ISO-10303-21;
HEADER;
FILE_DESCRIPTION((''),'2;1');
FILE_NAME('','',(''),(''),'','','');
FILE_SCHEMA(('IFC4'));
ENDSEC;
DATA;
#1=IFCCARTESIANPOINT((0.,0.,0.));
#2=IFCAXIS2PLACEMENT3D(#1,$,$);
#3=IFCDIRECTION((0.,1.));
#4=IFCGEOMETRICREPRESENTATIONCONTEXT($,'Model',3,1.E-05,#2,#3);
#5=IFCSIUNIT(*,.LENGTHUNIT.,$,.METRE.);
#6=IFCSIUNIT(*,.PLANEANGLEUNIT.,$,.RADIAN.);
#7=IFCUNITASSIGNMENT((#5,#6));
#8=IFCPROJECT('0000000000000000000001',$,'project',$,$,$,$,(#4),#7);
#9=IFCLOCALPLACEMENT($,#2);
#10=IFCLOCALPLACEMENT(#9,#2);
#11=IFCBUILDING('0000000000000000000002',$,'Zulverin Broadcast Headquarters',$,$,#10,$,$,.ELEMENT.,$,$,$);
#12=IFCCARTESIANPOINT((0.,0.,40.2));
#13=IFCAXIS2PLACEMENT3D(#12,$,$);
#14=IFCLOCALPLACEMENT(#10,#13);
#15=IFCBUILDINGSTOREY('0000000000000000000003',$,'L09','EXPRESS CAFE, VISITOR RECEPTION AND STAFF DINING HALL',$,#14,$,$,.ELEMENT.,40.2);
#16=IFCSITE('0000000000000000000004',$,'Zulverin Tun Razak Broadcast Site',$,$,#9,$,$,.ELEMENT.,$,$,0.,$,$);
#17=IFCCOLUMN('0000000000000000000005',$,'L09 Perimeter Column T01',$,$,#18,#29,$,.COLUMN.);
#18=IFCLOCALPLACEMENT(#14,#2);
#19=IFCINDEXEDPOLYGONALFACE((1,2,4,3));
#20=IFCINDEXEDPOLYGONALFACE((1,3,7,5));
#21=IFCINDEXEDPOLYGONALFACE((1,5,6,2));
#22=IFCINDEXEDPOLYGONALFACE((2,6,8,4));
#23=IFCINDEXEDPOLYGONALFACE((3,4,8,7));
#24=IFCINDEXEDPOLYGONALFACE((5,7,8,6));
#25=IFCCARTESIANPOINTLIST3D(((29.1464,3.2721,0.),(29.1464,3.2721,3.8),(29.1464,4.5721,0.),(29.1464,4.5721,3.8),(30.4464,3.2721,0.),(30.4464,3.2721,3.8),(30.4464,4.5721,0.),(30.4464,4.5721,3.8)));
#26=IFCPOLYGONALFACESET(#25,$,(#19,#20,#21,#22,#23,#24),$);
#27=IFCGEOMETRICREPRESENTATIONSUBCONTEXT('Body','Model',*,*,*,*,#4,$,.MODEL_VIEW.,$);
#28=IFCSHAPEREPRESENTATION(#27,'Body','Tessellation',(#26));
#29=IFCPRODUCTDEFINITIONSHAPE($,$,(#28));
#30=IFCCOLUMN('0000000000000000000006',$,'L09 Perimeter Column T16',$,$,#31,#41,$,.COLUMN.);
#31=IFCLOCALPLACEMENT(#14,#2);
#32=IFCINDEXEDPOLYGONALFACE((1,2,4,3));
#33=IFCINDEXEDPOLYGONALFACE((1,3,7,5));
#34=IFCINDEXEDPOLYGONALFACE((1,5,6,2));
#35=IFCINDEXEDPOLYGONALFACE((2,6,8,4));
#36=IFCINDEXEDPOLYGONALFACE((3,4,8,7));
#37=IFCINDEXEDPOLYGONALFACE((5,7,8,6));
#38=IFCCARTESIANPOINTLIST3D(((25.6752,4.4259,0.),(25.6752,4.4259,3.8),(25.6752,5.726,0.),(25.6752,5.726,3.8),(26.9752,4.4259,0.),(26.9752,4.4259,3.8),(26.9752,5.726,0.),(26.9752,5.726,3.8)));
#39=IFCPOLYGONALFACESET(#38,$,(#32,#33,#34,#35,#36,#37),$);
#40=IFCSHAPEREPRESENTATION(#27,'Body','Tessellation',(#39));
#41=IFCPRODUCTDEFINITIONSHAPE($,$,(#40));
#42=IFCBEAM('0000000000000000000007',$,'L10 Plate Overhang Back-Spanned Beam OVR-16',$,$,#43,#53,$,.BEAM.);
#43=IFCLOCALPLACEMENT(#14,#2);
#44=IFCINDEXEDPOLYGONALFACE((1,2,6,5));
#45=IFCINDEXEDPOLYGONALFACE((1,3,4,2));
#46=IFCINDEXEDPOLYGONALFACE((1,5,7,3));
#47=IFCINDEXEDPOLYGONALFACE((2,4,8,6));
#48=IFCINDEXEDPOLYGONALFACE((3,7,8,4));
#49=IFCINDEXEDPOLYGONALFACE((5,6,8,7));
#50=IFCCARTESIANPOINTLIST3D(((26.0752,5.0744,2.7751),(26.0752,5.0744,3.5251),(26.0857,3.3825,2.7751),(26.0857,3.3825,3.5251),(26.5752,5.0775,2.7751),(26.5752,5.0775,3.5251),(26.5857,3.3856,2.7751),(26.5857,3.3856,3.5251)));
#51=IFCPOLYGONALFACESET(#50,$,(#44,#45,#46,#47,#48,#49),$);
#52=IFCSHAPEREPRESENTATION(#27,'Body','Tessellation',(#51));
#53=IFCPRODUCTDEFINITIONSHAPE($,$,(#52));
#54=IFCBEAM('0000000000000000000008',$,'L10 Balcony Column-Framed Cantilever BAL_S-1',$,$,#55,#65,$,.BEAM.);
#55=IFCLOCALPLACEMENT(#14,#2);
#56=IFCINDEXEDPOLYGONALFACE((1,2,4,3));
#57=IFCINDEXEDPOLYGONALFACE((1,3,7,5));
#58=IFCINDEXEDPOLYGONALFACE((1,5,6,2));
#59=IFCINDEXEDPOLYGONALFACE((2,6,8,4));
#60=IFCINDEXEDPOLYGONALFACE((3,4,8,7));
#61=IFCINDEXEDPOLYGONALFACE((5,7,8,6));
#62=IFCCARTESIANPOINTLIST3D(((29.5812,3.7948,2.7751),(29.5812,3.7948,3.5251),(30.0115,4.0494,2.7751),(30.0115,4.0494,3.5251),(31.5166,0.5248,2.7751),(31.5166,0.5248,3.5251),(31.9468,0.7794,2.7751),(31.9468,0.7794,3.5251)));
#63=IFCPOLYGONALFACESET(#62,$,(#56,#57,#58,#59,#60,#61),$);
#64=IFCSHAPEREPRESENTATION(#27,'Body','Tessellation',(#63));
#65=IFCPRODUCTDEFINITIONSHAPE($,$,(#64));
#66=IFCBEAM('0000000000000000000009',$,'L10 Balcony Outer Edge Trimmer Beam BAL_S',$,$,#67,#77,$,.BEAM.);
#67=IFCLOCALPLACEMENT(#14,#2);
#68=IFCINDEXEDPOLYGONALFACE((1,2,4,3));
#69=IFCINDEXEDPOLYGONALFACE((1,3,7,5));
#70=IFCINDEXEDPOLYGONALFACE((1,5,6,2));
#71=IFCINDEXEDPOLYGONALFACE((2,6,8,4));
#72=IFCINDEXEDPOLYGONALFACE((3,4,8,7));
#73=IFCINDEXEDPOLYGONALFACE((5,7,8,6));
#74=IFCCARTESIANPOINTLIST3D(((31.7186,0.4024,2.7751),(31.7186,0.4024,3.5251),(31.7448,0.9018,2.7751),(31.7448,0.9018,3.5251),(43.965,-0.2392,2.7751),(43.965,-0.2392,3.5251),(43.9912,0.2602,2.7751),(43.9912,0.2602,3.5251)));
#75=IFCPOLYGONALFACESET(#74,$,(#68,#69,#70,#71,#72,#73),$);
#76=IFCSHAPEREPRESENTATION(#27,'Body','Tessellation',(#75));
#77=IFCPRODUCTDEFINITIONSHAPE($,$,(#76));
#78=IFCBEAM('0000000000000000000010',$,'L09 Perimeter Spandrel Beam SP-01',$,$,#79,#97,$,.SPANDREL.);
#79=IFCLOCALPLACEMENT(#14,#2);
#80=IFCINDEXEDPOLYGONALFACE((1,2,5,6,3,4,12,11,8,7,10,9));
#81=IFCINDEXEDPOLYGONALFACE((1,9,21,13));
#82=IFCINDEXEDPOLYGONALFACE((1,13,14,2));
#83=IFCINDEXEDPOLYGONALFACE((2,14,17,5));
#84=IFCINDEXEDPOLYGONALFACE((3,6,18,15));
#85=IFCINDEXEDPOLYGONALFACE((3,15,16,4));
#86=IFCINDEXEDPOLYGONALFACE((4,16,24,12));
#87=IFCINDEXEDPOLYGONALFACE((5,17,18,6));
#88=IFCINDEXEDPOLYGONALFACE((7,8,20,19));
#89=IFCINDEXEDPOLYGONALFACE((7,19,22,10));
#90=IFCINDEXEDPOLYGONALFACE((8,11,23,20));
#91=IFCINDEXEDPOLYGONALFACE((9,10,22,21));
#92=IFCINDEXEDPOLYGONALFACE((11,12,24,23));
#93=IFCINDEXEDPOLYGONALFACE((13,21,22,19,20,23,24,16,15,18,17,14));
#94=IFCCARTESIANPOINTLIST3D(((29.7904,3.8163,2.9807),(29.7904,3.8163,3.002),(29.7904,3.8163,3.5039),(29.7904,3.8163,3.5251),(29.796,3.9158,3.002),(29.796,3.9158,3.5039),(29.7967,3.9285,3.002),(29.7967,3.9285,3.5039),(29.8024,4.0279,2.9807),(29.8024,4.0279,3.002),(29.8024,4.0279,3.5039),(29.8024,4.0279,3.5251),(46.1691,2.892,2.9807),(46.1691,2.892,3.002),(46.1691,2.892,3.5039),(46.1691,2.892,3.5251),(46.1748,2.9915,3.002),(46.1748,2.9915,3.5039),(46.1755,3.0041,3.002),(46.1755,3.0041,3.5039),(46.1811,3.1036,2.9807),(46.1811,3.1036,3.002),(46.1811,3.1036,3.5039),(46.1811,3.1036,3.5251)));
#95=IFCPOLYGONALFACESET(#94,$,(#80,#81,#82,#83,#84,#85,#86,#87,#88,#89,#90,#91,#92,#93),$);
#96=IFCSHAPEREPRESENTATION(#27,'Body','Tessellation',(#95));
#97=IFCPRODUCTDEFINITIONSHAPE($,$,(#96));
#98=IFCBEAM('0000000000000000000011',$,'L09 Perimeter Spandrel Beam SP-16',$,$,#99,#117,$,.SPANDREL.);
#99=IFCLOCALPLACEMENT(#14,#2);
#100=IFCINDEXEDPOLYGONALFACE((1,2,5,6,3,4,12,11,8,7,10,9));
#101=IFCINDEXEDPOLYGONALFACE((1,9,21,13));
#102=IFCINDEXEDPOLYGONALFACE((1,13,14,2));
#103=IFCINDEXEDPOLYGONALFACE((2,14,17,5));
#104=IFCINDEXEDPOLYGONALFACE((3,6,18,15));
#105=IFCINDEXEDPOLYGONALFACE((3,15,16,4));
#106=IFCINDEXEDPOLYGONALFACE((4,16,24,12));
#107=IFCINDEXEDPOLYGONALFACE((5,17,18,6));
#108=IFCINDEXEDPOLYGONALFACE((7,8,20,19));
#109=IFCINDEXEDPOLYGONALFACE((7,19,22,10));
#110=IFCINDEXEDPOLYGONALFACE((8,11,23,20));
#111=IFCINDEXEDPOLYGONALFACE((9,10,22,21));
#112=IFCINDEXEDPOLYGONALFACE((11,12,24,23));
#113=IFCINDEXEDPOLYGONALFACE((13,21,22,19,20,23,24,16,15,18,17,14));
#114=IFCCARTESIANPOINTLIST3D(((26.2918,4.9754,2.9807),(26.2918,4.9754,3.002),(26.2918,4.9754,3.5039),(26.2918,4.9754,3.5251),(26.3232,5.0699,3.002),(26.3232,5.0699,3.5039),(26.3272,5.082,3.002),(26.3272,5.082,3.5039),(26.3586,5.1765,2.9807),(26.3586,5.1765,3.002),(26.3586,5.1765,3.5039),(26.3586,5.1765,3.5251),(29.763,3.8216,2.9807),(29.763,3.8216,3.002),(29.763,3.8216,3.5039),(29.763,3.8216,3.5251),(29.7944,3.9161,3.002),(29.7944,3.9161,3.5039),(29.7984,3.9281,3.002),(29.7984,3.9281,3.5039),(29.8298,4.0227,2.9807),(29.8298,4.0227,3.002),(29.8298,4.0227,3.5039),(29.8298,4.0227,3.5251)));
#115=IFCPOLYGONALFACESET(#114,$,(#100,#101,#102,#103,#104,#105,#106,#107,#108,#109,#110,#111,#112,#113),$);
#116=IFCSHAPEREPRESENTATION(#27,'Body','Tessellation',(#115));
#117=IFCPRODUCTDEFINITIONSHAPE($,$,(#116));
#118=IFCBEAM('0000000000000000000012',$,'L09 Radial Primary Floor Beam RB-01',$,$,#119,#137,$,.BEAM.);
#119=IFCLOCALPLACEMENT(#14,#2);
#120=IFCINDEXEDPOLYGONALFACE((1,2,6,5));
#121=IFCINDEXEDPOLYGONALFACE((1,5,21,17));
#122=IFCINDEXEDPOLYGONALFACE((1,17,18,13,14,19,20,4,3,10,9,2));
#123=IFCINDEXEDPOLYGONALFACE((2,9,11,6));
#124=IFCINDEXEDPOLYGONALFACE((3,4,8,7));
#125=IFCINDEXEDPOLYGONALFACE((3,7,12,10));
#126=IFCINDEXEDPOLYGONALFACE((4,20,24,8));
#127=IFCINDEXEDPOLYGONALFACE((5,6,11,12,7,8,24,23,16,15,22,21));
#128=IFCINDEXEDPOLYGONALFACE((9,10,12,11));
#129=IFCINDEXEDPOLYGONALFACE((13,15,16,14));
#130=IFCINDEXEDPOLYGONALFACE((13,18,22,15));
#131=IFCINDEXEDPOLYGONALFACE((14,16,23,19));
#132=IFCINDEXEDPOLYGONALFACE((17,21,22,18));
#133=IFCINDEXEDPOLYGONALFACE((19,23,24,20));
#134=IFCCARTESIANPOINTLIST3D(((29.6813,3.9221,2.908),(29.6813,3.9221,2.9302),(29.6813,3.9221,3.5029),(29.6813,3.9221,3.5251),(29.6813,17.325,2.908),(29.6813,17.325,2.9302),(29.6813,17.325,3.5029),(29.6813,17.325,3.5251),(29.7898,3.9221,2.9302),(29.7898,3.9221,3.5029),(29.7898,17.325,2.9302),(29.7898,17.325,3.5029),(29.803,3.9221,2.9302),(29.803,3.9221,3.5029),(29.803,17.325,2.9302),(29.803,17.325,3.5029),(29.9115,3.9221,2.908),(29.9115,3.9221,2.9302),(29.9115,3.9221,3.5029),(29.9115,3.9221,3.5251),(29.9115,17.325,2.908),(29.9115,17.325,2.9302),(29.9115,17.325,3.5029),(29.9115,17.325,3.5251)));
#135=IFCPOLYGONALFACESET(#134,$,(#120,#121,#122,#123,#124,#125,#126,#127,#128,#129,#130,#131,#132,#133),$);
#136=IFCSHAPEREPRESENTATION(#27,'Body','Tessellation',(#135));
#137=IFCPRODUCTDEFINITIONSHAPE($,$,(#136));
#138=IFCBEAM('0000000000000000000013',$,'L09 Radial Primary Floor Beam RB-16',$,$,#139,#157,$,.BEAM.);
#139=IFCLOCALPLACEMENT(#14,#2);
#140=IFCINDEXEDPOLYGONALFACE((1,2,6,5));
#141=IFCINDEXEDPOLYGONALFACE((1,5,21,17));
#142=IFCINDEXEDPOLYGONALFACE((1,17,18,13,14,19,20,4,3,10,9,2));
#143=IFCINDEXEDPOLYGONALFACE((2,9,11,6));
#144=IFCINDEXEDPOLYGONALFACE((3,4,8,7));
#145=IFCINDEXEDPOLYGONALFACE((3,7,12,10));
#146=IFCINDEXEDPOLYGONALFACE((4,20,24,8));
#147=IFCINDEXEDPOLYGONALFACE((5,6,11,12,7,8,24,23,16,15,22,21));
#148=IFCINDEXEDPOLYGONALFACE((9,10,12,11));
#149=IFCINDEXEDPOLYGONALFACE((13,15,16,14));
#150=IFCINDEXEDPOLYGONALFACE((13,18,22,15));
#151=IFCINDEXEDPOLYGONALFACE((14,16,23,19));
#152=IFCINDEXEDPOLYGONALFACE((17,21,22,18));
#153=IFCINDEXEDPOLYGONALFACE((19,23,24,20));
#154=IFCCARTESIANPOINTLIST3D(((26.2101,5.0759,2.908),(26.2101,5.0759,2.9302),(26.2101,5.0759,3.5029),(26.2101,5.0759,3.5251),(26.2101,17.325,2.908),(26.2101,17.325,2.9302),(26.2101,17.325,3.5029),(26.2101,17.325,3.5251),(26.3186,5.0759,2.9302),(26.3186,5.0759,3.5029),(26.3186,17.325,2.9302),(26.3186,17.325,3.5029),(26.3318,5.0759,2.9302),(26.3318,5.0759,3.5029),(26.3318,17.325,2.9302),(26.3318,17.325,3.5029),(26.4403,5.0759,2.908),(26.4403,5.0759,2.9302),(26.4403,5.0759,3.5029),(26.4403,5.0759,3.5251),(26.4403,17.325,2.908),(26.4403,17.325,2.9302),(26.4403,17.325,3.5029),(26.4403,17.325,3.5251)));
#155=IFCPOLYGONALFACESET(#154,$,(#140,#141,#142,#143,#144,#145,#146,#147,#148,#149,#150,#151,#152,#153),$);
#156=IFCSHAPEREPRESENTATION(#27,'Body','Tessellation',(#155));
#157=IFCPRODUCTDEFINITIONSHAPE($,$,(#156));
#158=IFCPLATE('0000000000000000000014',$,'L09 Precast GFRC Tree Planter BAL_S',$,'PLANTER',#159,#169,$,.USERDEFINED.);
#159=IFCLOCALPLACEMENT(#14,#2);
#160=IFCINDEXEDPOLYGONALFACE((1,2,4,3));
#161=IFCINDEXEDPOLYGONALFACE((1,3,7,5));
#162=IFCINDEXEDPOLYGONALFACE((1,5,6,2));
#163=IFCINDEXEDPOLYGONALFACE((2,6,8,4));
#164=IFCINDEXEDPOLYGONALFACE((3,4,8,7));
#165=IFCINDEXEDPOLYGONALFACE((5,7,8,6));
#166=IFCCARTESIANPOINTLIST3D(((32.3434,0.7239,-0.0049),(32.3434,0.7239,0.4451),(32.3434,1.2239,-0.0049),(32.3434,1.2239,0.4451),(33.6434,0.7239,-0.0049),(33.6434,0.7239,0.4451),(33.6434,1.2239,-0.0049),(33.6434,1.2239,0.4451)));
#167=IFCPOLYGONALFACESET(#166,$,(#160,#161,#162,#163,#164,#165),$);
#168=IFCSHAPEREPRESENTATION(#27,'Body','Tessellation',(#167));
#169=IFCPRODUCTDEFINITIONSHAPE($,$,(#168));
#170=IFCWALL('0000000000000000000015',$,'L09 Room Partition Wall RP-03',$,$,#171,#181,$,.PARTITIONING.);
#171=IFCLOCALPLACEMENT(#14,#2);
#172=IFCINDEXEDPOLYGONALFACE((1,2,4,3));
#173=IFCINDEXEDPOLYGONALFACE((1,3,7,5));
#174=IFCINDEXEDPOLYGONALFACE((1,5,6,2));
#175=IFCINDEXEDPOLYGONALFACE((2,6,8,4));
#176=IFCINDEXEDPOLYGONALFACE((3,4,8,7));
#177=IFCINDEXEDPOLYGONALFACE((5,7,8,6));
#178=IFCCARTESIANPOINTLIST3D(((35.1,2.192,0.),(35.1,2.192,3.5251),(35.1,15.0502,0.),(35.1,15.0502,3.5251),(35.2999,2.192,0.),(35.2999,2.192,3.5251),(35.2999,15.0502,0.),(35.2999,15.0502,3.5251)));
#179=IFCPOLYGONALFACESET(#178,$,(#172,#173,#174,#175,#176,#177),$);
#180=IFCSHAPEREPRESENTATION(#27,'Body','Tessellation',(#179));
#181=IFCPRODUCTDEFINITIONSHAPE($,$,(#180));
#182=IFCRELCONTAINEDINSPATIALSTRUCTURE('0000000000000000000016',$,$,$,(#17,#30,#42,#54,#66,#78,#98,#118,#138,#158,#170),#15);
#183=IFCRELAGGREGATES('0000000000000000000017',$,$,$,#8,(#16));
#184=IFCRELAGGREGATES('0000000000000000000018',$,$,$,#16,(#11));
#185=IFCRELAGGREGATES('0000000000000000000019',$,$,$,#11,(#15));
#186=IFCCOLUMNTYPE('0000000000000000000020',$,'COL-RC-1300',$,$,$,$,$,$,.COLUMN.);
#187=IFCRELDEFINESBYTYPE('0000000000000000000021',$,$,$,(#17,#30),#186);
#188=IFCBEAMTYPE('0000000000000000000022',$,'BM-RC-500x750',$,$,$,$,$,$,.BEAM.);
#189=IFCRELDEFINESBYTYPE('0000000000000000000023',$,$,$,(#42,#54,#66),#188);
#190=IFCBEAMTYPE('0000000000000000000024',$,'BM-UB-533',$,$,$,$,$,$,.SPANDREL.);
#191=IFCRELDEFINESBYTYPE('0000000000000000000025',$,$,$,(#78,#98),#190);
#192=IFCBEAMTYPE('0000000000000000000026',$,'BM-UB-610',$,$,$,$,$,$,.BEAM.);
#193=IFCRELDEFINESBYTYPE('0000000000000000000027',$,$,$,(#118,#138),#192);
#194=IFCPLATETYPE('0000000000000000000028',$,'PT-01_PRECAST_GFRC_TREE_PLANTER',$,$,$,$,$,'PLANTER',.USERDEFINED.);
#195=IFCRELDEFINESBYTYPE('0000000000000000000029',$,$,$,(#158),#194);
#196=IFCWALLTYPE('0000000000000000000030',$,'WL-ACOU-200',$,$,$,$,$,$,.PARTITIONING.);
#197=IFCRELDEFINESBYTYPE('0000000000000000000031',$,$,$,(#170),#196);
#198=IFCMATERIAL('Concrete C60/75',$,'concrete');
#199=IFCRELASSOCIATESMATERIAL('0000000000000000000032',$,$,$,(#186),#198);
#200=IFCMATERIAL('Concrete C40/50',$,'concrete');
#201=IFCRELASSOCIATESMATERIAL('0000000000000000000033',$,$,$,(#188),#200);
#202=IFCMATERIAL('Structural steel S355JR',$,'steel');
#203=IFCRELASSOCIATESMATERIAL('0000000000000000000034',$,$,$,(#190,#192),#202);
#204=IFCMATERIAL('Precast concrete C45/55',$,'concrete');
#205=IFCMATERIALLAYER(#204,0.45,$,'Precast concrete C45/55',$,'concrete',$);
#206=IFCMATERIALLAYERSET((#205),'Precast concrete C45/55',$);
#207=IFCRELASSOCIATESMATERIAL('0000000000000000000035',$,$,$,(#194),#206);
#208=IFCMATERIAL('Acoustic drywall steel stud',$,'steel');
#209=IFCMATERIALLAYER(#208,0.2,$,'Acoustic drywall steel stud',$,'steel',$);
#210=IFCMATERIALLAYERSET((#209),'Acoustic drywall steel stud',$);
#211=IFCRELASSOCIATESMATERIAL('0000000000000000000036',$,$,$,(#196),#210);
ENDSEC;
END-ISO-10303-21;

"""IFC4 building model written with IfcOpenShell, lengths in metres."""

from ifc_helpers import new_model, si_unit, direction, frame, frame_2d, origin, origin_2d, place, context, subcontext, project, spatial, rectangle, i_section, extrude, material, layer, layer_set, material_profile, profile_set, type_object, element, save


model = new_model("IFC4")

# Units and contexts
model_context = context("Model", 3, precision=1e-05, world=origin(), true_north=direction((0.0, 1.0)))
body_context = subcontext(model_context, "Body", "Model", "MODEL_VIEW")
ifc_project = project(units=[si_unit("LENGTHUNIT", "METRE"), si_unit("PLANEANGLEUNIT", "RADIAN")], contexts=[model_context])

# Site, building, storey
site_placement = place(None, origin())
site = spatial("IfcSite", under=ifc_project, at=site_placement, Name="Zulverin Tun Razak Broadcast Site", CompositionType="ELEMENT", RefElevation=0.0)
building_placement = place(site_placement, origin())
building = spatial("IfcBuilding", under=site, at=building_placement, Name="Zulverin Broadcast Headquarters", CompositionType="ELEMENT")
storey_placement = place(building_placement, frame((0.0, 0.0, 40.2)))
storey = spatial("IfcBuildingStorey", under=building, at=storey_placement, Name="L09", Description="EXPRESS CAFE, VISITOR RECEPTION AND STAFF DINING HALL", CompositionType="ELEMENT", Elevation=40.2)

# Columns
ifc_material_1 = material(Name="Concrete C60/75", Category="concrete")
ifc_material_profile_1 = material_profile(ifc_material_1, rectangle(XDim=1.3, YDim=1.3, at=origin_2d()), Name="Concrete C60/75", Category="concrete")
ifc_profile_set_1 = profile_set([ifc_material_profile_1], Name="Concrete C60/75")
column_type = type_object("IfcColumnType", Name="COL-RC-1300", PredefinedType="COLUMN", material=ifc_profile_set_1)
for number, where, z_axis, x_axis, name in (
    (1, (29.7964, 3.9221, 0.0), (0.0, 0.0, 1.0), (1.0, 0.0, 0.0), "L09 Perimeter Column T01"),
    (2, (26.3252, 5.0759, 0.0), (0.0, 0.0, 1.0), (1.0, 0.0, 0.0), "L09 Perimeter Column T16"),
):
    element("IfcColumn", number, at=place(storey_placement, frame(where, z_axis=z_axis, x_axis=x_axis)), inside=storey, type_object=column_type, Name=name, PredefinedType="COLUMN", context=body_context, shape_type="SweptSolid", body=[
        extrude(rectangle(XDim=1.3, YDim=1.3, at=origin_2d()), origin(), (0.0, 0.0, 1.0), 3.8),
    ])

# Beams
ifc_material_2 = material(Name="Concrete C40/50", Category="concrete")
ifc_material_profile_2 = material_profile(ifc_material_2, rectangle(XDim=0.5, YDim=0.75, at=origin_2d()), Name="Concrete C40/50", Category="concrete")
ifc_profile_set_2 = profile_set([ifc_material_profile_2], Name="Concrete C40/50")
beam_type_1 = type_object("IfcBeamType", Name="BM-RC-500x750", PredefinedType="BEAM", material=ifc_profile_set_2)
beam_1_placement = place(storey_placement, frame((26.3252, 5.0759, 3.1501), z_axis=(0.006205, -0.999981, 0.0), x_axis=(0.999981, 0.006205, 0.0)))
element("IfcBeam", 3, at=beam_1_placement, inside=storey, type_object=beam_type_1, Name="L10 Plate Overhang Back-Spanned Beam OVR-16", PredefinedType="BEAM", context=body_context, shape_type="SweptSolid", body=[
    extrude(rectangle(XDim=0.5, YDim=0.75, at=origin_2d()), origin(), (0.0, 0.0, 1.0), 1.6919),
])
beam_2_placement = place(storey_placement, frame((29.7964, 3.9221, 3.1501), z_axis=(0.509318, -0.860578, 0.0), x_axis=(0.860578, 0.509318, 0.0)))
element("IfcBeam", 4, at=beam_2_placement, inside=storey, type_object=beam_type_1, Name="L10 Balcony Column-Framed Cantilever BAL_S-1", PredefinedType="BEAM", context=body_context, shape_type="SweptSolid", body=[
    extrude(rectangle(XDim=0.5, YDim=0.75, at=origin_2d()), origin(), (0.0, 0.0, 1.0), 3.7998),
])
beam_3_placement = place(storey_placement, frame((31.7317, 0.6521, 3.1501), z_axis=(0.99863, -0.05232, 0.0), x_axis=(0.05232, 0.99863, 0.0)))
element("IfcBeam", 5, at=beam_3_placement, inside=storey, type_object=beam_type_1, Name="L10 Balcony Outer Edge Trimmer Beam BAL_S", PredefinedType="BEAM", context=body_context, shape_type="SweptSolid", body=[
    extrude(rectangle(XDim=0.5, YDim=0.75, at=origin_2d()), origin(), (0.0, 0.0, 1.0), 12.2632),
])
ifc_material_3 = material(Name="Structural steel S355JR", Category="steel")
ifc_material_profile_3 = material_profile(ifc_material_3, i_section(OverallWidth=0.2119, OverallDepth=0.5444, WebThickness=0.0127, FlangeThickness=0.0212, at=origin_2d()), Name="Structural steel S355JR", Category="steel")
ifc_profile_set_3 = profile_set([ifc_material_profile_3], Name="Structural steel S355JR")
beam_type_2 = type_object("IfcBeamType", Name="BM-UB-533", PredefinedType="SPANDREL", material=ifc_profile_set_3)
beam_4_placement = place(storey_placement, frame((29.7964, 3.9221, 3.2529), z_axis=(0.998411, -0.056345, 0.0), x_axis=(0.056345, 0.998411, 0.0)))
element("IfcBeam", 6, at=beam_4_placement, inside=storey, type_object=beam_type_2, Name="L09 Perimeter Spandrel Beam SP-01", PredefinedType="SPANDREL", context=body_context, shape_type="SweptSolid", body=[
    extrude(i_section(OverallWidth=0.2119, OverallDepth=0.5444, WebThickness=0.0127, FlangeThickness=0.0212, at=origin_2d()), origin(), (0.0, 0.0, 1.0), 16.4048),
])
beam_5_placement = place(storey_placement, frame((26.3252, 5.0759, 3.2529), z_axis=(0.94895, -0.315427, 0.0), x_axis=(0.315427, 0.94895, 0.0)))
element("IfcBeam", 7, at=beam_5_placement, inside=storey, type_object=beam_type_2, Name="L09 Perimeter Spandrel Beam SP-16", PredefinedType="SPANDREL", context=body_context, shape_type="SweptSolid", body=[
    extrude(i_section(OverallWidth=0.2119, OverallDepth=0.5444, WebThickness=0.0127, FlangeThickness=0.0212, at=origin_2d()), origin(), (0.0, 0.0, 1.0), 3.658),
])
ifc_material_profile_4 = material_profile(ifc_material_3, i_section(OverallWidth=0.2302, OverallDepth=0.6172, WebThickness=0.0132, FlangeThickness=0.0222, at=origin_2d()), Name="Structural steel S355JR", Category="steel")
ifc_profile_set_4 = profile_set([ifc_material_profile_4], Name="Structural steel S355JR")
beam_type_3 = type_object("IfcBeamType", Name="BM-UB-610", PredefinedType="BEAM", material=ifc_profile_set_4)
beam_6_placement = place(storey_placement, frame((29.7964, 17.325, 3.2166), z_axis=(0.0, -1.0, 0.0), x_axis=(1.0, 0.0, 0.0)))
element("IfcBeam", 8, at=beam_6_placement, inside=storey, type_object=beam_type_3, Name="L09 Radial Primary Floor Beam RB-01", PredefinedType="BEAM", context=body_context, shape_type="SweptSolid", body=[
    extrude(i_section(OverallWidth=0.2302, OverallDepth=0.6172, WebThickness=0.0132, FlangeThickness=0.0222, at=origin_2d()), origin(), (0.0, 0.0, 1.0), 13.4028),
])
beam_7_placement = place(storey_placement, frame((26.3252, 17.325, 3.2166), z_axis=(0.0, -1.0, 0.0), x_axis=(1.0, 0.0, 0.0)))
element("IfcBeam", 9, at=beam_7_placement, inside=storey, type_object=beam_type_3, Name="L09 Radial Primary Floor Beam RB-16", PredefinedType="BEAM", context=body_context, shape_type="SweptSolid", body=[
    extrude(i_section(OverallWidth=0.2302, OverallDepth=0.6172, WebThickness=0.0132, FlangeThickness=0.0222, at=origin_2d()), origin(), (0.0, 0.0, 1.0), 12.249),
])

# Plate
ifc_material_4 = material(Name="Precast concrete C45/55", Category="concrete")
ifc_layer_1 = layer(ifc_material_4, 0.45, Name="Precast concrete C45/55", Category="concrete")
ifc_layer_set_1 = layer_set([ifc_layer_1], Name="Precast concrete C45/55")
plate_type = type_object("IfcPlateType", Name="PT-01_PRECAST_GFRC_TREE_PLANTER", ElementType="PLANTER", PredefinedType="USERDEFINED", material=ifc_layer_set_1)
plate_placement = place(storey_placement, frame((32.9934, 0.9739, -0.0049), z_axis=(0.0, 0.0, 1.0), x_axis=(1.0, 0.0, 0.0)))
element("IfcPlate", 10, at=plate_placement, inside=storey, type_object=plate_type, Name="L09 Precast GFRC Tree Planter BAL_S", ObjectType="PLANTER", PredefinedType="USERDEFINED", context=body_context, shape_type="SweptSolid", body=[
    extrude(rectangle(XDim=1.3, YDim=0.5, at=origin_2d()), origin(), (0.0, 0.0, 1.0), 0.45),
])

# Wall
ifc_material_5 = material(Name="Acoustic drywall steel stud", Category="steel")
ifc_layer_2 = layer(ifc_material_5, 0.2, Name="Acoustic drywall steel stud", Category="steel")
ifc_layer_set_2 = layer_set([ifc_layer_2], Name="Acoustic drywall steel stud")
wall_type_1 = type_object("IfcWallType", Name="WL-ACOU-200", PredefinedType="PARTITIONING", material=ifc_layer_set_2)
wall_1_placement = place(storey_placement, frame((35.2, 2.1919, 0.0), z_axis=(0.0, 0.0, 1.0), x_axis=(0.0, 1.0, 0.0)))
element("IfcWall", 11, at=wall_1_placement, inside=storey, type_object=wall_type_1, Name="L09 Room Partition Wall RP-03", PredefinedType="PARTITIONING", context=body_context, shape_type="SweptSolid", body=[
    extrude(rectangle(XDim=12.8582, YDim=0.2, at=frame_2d((6.4292, 0.0))), origin(), (0.0, 0.0, 1.0), 3.5251),
])

save(model, "model.ifc")
